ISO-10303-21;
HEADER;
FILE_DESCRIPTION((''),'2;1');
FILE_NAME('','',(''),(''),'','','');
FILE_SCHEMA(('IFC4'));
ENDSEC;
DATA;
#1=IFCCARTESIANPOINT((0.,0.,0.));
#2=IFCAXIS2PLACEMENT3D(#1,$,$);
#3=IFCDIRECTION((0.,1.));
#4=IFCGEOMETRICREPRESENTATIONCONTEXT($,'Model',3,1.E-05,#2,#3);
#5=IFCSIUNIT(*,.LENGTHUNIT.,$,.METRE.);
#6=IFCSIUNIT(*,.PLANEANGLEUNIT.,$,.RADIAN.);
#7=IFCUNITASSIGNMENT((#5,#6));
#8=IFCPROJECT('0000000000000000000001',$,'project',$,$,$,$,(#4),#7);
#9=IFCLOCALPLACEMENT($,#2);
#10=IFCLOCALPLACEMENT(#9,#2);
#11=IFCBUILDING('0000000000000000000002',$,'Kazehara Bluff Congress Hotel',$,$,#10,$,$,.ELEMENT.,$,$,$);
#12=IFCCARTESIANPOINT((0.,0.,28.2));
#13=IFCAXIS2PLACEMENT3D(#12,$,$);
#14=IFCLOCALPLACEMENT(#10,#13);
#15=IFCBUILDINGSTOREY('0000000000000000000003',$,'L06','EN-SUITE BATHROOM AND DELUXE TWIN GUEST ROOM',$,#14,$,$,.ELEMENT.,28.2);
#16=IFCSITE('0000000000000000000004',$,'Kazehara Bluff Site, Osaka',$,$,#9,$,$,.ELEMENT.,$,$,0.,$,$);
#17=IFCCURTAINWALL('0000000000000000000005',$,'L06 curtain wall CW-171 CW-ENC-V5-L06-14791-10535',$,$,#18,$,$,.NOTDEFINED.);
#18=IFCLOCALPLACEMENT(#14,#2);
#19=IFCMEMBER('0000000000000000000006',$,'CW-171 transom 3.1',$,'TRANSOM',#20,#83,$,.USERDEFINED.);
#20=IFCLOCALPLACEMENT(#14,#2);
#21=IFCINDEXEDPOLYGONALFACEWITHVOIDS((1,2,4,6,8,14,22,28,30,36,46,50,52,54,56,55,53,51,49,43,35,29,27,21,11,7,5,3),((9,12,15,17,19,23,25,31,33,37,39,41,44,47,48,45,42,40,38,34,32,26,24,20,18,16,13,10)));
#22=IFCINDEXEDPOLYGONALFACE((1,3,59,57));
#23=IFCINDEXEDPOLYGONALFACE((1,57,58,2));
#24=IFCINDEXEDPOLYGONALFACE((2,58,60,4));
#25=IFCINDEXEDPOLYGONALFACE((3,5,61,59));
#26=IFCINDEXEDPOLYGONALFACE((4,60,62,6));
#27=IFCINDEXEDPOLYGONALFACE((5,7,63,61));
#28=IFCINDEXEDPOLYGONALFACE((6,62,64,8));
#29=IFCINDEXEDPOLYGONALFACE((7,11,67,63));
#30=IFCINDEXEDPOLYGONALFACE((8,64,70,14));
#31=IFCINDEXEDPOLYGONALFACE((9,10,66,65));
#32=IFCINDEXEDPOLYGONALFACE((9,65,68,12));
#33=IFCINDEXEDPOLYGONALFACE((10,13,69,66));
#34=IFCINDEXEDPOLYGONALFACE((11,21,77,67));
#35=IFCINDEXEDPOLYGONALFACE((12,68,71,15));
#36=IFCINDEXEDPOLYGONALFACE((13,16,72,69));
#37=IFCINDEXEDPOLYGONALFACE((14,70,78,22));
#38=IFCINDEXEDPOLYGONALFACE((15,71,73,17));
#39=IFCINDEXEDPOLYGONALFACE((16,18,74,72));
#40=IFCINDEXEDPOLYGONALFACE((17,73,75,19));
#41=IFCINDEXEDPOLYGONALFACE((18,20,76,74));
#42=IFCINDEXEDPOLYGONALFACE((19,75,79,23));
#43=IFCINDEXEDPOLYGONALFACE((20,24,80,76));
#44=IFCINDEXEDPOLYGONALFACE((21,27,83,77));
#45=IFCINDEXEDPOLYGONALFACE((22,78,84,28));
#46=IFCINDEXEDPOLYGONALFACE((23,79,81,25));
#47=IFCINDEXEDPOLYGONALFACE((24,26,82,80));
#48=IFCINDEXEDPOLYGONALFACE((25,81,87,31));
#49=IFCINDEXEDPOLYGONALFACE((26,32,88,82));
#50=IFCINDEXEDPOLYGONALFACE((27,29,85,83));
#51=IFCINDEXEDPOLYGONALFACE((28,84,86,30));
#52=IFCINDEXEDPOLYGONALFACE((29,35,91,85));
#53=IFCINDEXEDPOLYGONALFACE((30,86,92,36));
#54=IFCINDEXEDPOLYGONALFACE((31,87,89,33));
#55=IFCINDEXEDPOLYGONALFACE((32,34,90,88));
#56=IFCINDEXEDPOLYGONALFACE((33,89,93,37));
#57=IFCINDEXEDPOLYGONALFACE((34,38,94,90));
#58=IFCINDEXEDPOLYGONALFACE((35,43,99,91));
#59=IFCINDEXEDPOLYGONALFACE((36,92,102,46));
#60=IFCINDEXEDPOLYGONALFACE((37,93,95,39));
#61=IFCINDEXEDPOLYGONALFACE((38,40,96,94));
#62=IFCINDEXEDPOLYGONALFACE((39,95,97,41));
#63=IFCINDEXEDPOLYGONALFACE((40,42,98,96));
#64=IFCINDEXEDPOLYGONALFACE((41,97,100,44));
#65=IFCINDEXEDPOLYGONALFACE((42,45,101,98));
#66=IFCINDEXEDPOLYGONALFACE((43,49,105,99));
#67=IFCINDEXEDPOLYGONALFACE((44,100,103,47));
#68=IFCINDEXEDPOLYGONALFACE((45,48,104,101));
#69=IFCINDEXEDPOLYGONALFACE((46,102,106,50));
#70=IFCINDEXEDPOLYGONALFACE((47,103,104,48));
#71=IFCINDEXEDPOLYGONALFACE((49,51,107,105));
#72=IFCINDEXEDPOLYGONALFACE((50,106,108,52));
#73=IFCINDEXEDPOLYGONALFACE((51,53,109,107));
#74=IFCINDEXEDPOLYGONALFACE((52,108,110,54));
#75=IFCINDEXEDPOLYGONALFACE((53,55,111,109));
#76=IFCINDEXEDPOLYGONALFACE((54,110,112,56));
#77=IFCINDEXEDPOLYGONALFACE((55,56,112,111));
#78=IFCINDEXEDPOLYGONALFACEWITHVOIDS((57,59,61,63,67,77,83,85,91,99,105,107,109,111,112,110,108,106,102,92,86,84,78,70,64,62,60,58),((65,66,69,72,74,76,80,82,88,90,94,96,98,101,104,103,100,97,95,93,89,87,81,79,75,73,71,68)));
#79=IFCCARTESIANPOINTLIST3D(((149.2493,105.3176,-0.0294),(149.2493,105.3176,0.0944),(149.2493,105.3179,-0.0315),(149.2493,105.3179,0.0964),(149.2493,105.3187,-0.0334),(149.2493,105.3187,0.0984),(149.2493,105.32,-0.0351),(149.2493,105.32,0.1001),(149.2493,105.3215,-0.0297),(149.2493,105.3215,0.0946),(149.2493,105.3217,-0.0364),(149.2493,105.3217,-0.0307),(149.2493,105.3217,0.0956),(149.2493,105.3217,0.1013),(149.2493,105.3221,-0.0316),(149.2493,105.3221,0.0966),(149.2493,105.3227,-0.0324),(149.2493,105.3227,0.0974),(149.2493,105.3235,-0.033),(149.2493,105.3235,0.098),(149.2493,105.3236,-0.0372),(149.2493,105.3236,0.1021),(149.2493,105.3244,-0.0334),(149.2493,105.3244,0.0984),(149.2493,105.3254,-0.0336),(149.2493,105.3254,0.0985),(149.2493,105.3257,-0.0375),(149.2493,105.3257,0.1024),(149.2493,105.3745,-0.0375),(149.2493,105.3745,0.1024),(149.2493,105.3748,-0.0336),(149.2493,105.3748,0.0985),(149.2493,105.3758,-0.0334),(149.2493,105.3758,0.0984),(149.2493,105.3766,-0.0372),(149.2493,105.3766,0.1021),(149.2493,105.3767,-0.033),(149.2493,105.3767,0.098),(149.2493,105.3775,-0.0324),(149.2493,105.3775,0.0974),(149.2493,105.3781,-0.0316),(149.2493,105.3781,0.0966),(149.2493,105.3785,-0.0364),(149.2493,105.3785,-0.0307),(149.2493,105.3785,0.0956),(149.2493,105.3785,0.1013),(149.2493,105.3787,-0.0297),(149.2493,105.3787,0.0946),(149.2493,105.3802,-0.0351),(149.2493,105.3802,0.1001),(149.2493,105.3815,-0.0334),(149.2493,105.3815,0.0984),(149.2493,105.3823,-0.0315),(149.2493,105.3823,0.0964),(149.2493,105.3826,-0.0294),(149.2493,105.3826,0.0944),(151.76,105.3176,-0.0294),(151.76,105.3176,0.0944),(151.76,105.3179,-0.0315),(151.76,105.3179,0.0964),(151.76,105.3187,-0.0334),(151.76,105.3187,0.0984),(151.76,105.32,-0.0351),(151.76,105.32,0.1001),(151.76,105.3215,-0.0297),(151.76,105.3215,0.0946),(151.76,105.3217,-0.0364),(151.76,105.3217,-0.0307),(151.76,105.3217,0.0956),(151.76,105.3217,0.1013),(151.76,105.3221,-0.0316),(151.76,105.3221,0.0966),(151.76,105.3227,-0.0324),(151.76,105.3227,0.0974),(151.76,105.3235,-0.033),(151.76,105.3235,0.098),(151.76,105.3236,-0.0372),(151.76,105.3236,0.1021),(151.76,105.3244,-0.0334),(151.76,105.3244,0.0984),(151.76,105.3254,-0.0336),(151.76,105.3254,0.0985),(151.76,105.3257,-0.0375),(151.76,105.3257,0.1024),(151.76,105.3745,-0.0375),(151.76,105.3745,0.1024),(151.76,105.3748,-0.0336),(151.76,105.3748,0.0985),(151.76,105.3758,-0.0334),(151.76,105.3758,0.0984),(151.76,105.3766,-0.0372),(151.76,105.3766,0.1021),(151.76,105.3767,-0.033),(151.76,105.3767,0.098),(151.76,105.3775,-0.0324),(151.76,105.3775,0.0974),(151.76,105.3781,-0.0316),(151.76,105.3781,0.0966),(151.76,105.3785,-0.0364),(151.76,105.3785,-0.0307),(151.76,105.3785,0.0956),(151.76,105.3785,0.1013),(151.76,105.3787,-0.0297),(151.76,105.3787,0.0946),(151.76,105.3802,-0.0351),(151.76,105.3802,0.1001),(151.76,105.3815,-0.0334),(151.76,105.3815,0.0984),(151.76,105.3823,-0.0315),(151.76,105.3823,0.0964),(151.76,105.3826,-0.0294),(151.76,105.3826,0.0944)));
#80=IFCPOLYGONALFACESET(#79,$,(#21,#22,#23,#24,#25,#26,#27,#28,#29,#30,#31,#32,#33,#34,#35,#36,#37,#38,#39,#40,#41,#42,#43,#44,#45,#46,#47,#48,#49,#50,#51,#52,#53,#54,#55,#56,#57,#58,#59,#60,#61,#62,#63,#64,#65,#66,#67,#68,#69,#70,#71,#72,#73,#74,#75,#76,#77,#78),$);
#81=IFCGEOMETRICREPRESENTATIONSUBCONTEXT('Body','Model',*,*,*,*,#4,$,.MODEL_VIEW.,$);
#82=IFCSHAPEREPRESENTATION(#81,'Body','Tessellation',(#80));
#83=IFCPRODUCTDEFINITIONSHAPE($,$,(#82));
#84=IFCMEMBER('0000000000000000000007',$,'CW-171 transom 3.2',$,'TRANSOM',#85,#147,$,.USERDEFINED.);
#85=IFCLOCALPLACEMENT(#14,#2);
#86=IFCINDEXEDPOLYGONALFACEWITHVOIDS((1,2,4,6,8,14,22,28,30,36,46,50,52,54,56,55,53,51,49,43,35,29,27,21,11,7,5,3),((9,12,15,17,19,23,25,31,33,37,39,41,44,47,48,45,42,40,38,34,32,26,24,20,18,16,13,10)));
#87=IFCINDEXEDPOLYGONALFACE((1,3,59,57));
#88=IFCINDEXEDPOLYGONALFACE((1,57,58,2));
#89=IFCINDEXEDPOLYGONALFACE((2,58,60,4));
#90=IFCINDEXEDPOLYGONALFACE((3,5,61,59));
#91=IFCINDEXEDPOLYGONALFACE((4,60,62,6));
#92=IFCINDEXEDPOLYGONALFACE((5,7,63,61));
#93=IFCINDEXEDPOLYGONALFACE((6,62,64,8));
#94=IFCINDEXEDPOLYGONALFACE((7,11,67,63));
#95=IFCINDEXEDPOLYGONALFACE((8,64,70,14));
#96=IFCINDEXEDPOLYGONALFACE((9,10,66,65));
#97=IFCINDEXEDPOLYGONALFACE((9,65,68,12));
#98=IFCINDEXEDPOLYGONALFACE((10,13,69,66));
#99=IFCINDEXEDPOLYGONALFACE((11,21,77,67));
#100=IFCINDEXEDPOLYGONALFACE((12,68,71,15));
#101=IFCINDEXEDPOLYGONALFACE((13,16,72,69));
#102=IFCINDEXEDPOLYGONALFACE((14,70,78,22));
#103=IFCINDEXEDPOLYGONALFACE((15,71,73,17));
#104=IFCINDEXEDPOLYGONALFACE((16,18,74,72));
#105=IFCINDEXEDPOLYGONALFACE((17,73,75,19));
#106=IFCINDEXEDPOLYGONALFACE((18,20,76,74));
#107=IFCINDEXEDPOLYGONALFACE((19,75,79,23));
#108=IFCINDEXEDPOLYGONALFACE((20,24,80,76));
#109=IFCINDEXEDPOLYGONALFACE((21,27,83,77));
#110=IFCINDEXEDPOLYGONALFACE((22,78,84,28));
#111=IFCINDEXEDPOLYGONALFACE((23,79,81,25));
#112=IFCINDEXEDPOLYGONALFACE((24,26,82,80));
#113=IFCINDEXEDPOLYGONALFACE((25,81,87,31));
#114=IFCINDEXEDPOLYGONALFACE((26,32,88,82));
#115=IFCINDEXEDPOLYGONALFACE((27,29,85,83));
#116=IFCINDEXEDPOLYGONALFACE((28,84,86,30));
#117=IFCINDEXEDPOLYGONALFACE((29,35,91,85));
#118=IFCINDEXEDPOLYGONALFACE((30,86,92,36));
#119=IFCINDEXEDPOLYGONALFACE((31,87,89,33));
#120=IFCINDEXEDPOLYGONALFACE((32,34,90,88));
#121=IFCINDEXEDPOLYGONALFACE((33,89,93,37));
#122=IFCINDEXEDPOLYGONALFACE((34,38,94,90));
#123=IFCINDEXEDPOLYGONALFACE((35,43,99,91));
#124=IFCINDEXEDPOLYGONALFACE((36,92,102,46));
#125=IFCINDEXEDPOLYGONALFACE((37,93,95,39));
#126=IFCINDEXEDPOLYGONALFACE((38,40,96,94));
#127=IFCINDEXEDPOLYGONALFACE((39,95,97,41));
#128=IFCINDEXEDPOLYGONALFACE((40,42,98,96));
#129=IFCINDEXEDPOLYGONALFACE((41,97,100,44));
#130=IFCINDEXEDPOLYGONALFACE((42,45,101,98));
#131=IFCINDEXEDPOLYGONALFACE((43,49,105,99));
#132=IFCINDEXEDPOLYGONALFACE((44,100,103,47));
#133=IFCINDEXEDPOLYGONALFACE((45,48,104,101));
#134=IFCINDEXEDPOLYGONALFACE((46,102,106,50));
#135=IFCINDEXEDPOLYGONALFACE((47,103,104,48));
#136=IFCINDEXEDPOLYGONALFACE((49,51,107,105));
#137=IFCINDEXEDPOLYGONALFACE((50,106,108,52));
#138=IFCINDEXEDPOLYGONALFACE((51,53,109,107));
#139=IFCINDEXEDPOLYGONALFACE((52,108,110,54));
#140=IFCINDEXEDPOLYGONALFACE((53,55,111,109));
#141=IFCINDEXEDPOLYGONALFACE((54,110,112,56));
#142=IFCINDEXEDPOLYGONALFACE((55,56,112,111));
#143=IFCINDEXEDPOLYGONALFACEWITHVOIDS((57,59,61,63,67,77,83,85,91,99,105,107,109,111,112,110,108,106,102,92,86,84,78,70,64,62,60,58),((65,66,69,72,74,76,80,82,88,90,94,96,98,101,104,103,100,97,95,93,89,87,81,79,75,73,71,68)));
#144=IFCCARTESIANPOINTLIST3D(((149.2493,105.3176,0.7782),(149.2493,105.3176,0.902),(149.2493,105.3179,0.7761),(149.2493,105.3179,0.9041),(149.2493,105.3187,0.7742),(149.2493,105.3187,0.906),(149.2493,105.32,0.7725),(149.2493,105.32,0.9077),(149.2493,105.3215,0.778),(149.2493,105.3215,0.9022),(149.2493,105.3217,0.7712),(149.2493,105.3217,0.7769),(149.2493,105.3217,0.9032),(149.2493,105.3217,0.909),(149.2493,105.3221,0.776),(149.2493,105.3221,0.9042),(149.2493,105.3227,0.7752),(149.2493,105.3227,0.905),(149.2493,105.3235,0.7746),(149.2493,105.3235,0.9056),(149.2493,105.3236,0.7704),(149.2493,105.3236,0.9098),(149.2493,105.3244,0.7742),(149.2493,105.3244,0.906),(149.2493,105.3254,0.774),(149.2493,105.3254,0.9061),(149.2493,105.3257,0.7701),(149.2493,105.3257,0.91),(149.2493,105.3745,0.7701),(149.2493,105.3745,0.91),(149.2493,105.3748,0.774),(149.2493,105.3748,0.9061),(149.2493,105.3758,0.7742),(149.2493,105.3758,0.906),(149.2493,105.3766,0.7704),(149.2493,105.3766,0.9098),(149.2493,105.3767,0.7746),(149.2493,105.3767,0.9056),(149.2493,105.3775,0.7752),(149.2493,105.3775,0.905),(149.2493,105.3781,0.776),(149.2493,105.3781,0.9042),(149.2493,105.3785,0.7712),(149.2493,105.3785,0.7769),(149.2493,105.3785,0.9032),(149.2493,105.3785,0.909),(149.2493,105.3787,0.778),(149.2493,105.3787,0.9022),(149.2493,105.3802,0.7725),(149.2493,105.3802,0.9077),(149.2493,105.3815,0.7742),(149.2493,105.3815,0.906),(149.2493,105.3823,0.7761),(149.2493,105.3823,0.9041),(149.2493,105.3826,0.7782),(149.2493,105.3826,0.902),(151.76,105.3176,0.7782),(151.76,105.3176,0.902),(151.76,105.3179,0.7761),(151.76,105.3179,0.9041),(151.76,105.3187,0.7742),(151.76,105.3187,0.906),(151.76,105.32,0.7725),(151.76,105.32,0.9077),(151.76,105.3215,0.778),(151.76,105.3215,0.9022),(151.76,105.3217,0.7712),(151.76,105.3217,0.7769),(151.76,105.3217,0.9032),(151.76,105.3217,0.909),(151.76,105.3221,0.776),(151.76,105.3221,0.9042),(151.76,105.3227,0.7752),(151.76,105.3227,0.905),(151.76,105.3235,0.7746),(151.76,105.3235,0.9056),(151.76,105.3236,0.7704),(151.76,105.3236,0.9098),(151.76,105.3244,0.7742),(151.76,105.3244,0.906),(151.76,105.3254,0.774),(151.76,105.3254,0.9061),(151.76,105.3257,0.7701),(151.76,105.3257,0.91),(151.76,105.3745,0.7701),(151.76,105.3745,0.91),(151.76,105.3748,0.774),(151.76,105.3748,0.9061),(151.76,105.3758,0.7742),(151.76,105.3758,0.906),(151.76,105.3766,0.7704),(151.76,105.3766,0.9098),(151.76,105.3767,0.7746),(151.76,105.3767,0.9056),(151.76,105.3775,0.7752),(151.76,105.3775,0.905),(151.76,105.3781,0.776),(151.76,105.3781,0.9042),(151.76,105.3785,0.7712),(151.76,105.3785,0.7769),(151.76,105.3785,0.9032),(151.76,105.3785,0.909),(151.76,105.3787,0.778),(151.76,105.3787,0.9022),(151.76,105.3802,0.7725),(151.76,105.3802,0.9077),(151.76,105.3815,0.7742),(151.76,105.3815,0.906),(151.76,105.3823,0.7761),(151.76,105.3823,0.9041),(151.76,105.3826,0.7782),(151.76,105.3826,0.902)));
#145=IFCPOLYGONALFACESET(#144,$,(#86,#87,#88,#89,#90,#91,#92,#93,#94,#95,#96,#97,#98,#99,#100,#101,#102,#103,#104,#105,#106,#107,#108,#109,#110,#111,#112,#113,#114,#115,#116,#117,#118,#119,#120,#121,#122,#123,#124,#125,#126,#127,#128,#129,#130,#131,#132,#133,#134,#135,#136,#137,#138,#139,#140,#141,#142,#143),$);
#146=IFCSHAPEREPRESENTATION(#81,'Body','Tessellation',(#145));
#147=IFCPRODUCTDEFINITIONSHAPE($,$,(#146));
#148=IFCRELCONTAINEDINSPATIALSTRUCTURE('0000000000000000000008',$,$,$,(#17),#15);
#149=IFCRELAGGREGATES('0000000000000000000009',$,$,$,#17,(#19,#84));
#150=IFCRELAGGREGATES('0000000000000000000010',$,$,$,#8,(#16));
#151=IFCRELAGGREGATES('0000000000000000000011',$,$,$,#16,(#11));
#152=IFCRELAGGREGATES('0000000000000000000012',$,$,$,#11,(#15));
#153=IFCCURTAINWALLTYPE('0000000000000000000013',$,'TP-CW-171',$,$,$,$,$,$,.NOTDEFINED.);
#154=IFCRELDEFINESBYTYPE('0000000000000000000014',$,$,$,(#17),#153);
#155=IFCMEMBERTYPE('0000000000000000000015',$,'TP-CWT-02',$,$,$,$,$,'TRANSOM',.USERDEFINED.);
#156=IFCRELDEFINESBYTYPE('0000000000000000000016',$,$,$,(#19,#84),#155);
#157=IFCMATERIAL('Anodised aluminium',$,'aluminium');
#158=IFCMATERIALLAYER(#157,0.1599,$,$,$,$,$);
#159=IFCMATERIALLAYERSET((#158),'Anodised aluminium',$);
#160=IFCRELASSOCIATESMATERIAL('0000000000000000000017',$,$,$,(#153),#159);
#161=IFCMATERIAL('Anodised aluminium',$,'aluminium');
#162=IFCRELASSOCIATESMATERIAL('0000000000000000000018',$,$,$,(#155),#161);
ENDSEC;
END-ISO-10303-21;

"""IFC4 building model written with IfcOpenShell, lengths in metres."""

from ifc_helpers import new_model, si_unit, direction, frame, origin, origin_2d, place, context, subcontext, project, spatial, hollow_rectangle, extrude, material, layer, layer_set, material_profile, profile_set, type_object, element, aggregate, save


model = new_model("IFC4")

# Units and contexts
model_context = context("Model", 3, precision=1e-05, world=origin(), true_north=direction((0.0, 1.0)))
body_context = subcontext(model_context, "Body", "Model", "MODEL_VIEW")
ifc_project = project(units=[si_unit("LENGTHUNIT", "METRE"), si_unit("PLANEANGLEUNIT", "RADIAN")], contexts=[model_context])

# Site, building, storey
site_placement = place(None, origin())
site = spatial("IfcSite", under=ifc_project, at=site_placement, Name="Kazehara Bluff Site, Osaka", CompositionType="ELEMENT", RefElevation=0.0)
building_placement = place(site_placement, origin())
building = spatial("IfcBuilding", under=site, at=building_placement, Name="Kazehara Bluff Congress Hotel", CompositionType="ELEMENT")
storey_placement = place(building_placement, frame((0.0, 0.0, 28.2)))
storey = spatial("IfcBuildingStorey", under=building, at=storey_placement, Name="L06", Description="EN-SUITE BATHROOM AND DELUXE TWIN GUEST ROOM", CompositionType="ELEMENT", Elevation=28.2)

# Curtain wall, members
ifc_material_1 = material(Name="Anodised aluminium", Category="aluminium")
ifc_layer_1 = layer(ifc_material_1, 0.1599)
ifc_layer_set_1 = layer_set([ifc_layer_1], Name="Anodised aluminium")
curtain_wall_type = type_object("IfcCurtainWallType", Name="TP-CW-171", PredefinedType="NOTDEFINED", material=ifc_layer_set_1)
curtain_wall_placement = place(storey_placement, origin())
curtain_wall = element("IfcCurtainWall", 1, at=curtain_wall_placement, inside=storey, type_object=curtain_wall_type, Name="L06 curtain wall CW-171 CW-ENC-V5-L06-14791-10535", PredefinedType="NOTDEFINED")
ifc_material_2 = material(Name="Anodised aluminium", Category="aluminium")
ifc_material_profile_1 = material_profile(ifc_material_2, hollow_rectangle(XDim=0.0649, YDim=0.1399, WallThickness=0.0039, InnerFilletRadius=0.0039, OuterFilletRadius=0.0081, at=origin_2d()))
ifc_profile_set_1 = profile_set([ifc_material_profile_1], Name="Anodised aluminium")
member_type_1 = type_object("IfcMemberType", Name="TP-CWT-02", ElementType="TRANSOM", PredefinedType="USERDEFINED", material=ifc_profile_set_1)
member_1_placement = place(storey_placement, frame((149.2493, 105.3501, 0.0325), z_axis=(1.0, 0.0, 0.0), x_axis=(0.0, 1.0, 0.0)))
member_1 = element("IfcMember", 2, at=member_1_placement, type_object=member_type_1, Name="CW-171 transom 3.1", ObjectType="TRANSOM", PredefinedType="USERDEFINED", context=body_context, shape_type="SweptSolid", body=[
    extrude(hollow_rectangle(XDim=0.0649, YDim=0.1399, WallThickness=0.0039, InnerFilletRadius=0.0039, OuterFilletRadius=0.0081, at=origin_2d()), origin(), (0.0, 0.0, 1.0), 2.5107),
])
member_2_placement = place(storey_placement, frame((149.2493, 105.3501, 0.8401), z_axis=(1.0, 0.0, 0.0), x_axis=(0.0, 1.0, 0.0)))
member_2 = element("IfcMember", 3, at=member_2_placement, type_object=member_type_1, Name="CW-171 transom 3.2", ObjectType="TRANSOM", PredefinedType="USERDEFINED", context=body_context, shape_type="SweptSolid", body=[
    extrude(hollow_rectangle(XDim=0.0649, YDim=0.1399, WallThickness=0.0039, InnerFilletRadius=0.0039, OuterFilletRadius=0.0081, at=origin_2d()), origin(), (0.0, 0.0, 1.0), 2.5107),
])

aggregate(curtain_wall, [member_1, member_2])

save(model, "model.ifc")
